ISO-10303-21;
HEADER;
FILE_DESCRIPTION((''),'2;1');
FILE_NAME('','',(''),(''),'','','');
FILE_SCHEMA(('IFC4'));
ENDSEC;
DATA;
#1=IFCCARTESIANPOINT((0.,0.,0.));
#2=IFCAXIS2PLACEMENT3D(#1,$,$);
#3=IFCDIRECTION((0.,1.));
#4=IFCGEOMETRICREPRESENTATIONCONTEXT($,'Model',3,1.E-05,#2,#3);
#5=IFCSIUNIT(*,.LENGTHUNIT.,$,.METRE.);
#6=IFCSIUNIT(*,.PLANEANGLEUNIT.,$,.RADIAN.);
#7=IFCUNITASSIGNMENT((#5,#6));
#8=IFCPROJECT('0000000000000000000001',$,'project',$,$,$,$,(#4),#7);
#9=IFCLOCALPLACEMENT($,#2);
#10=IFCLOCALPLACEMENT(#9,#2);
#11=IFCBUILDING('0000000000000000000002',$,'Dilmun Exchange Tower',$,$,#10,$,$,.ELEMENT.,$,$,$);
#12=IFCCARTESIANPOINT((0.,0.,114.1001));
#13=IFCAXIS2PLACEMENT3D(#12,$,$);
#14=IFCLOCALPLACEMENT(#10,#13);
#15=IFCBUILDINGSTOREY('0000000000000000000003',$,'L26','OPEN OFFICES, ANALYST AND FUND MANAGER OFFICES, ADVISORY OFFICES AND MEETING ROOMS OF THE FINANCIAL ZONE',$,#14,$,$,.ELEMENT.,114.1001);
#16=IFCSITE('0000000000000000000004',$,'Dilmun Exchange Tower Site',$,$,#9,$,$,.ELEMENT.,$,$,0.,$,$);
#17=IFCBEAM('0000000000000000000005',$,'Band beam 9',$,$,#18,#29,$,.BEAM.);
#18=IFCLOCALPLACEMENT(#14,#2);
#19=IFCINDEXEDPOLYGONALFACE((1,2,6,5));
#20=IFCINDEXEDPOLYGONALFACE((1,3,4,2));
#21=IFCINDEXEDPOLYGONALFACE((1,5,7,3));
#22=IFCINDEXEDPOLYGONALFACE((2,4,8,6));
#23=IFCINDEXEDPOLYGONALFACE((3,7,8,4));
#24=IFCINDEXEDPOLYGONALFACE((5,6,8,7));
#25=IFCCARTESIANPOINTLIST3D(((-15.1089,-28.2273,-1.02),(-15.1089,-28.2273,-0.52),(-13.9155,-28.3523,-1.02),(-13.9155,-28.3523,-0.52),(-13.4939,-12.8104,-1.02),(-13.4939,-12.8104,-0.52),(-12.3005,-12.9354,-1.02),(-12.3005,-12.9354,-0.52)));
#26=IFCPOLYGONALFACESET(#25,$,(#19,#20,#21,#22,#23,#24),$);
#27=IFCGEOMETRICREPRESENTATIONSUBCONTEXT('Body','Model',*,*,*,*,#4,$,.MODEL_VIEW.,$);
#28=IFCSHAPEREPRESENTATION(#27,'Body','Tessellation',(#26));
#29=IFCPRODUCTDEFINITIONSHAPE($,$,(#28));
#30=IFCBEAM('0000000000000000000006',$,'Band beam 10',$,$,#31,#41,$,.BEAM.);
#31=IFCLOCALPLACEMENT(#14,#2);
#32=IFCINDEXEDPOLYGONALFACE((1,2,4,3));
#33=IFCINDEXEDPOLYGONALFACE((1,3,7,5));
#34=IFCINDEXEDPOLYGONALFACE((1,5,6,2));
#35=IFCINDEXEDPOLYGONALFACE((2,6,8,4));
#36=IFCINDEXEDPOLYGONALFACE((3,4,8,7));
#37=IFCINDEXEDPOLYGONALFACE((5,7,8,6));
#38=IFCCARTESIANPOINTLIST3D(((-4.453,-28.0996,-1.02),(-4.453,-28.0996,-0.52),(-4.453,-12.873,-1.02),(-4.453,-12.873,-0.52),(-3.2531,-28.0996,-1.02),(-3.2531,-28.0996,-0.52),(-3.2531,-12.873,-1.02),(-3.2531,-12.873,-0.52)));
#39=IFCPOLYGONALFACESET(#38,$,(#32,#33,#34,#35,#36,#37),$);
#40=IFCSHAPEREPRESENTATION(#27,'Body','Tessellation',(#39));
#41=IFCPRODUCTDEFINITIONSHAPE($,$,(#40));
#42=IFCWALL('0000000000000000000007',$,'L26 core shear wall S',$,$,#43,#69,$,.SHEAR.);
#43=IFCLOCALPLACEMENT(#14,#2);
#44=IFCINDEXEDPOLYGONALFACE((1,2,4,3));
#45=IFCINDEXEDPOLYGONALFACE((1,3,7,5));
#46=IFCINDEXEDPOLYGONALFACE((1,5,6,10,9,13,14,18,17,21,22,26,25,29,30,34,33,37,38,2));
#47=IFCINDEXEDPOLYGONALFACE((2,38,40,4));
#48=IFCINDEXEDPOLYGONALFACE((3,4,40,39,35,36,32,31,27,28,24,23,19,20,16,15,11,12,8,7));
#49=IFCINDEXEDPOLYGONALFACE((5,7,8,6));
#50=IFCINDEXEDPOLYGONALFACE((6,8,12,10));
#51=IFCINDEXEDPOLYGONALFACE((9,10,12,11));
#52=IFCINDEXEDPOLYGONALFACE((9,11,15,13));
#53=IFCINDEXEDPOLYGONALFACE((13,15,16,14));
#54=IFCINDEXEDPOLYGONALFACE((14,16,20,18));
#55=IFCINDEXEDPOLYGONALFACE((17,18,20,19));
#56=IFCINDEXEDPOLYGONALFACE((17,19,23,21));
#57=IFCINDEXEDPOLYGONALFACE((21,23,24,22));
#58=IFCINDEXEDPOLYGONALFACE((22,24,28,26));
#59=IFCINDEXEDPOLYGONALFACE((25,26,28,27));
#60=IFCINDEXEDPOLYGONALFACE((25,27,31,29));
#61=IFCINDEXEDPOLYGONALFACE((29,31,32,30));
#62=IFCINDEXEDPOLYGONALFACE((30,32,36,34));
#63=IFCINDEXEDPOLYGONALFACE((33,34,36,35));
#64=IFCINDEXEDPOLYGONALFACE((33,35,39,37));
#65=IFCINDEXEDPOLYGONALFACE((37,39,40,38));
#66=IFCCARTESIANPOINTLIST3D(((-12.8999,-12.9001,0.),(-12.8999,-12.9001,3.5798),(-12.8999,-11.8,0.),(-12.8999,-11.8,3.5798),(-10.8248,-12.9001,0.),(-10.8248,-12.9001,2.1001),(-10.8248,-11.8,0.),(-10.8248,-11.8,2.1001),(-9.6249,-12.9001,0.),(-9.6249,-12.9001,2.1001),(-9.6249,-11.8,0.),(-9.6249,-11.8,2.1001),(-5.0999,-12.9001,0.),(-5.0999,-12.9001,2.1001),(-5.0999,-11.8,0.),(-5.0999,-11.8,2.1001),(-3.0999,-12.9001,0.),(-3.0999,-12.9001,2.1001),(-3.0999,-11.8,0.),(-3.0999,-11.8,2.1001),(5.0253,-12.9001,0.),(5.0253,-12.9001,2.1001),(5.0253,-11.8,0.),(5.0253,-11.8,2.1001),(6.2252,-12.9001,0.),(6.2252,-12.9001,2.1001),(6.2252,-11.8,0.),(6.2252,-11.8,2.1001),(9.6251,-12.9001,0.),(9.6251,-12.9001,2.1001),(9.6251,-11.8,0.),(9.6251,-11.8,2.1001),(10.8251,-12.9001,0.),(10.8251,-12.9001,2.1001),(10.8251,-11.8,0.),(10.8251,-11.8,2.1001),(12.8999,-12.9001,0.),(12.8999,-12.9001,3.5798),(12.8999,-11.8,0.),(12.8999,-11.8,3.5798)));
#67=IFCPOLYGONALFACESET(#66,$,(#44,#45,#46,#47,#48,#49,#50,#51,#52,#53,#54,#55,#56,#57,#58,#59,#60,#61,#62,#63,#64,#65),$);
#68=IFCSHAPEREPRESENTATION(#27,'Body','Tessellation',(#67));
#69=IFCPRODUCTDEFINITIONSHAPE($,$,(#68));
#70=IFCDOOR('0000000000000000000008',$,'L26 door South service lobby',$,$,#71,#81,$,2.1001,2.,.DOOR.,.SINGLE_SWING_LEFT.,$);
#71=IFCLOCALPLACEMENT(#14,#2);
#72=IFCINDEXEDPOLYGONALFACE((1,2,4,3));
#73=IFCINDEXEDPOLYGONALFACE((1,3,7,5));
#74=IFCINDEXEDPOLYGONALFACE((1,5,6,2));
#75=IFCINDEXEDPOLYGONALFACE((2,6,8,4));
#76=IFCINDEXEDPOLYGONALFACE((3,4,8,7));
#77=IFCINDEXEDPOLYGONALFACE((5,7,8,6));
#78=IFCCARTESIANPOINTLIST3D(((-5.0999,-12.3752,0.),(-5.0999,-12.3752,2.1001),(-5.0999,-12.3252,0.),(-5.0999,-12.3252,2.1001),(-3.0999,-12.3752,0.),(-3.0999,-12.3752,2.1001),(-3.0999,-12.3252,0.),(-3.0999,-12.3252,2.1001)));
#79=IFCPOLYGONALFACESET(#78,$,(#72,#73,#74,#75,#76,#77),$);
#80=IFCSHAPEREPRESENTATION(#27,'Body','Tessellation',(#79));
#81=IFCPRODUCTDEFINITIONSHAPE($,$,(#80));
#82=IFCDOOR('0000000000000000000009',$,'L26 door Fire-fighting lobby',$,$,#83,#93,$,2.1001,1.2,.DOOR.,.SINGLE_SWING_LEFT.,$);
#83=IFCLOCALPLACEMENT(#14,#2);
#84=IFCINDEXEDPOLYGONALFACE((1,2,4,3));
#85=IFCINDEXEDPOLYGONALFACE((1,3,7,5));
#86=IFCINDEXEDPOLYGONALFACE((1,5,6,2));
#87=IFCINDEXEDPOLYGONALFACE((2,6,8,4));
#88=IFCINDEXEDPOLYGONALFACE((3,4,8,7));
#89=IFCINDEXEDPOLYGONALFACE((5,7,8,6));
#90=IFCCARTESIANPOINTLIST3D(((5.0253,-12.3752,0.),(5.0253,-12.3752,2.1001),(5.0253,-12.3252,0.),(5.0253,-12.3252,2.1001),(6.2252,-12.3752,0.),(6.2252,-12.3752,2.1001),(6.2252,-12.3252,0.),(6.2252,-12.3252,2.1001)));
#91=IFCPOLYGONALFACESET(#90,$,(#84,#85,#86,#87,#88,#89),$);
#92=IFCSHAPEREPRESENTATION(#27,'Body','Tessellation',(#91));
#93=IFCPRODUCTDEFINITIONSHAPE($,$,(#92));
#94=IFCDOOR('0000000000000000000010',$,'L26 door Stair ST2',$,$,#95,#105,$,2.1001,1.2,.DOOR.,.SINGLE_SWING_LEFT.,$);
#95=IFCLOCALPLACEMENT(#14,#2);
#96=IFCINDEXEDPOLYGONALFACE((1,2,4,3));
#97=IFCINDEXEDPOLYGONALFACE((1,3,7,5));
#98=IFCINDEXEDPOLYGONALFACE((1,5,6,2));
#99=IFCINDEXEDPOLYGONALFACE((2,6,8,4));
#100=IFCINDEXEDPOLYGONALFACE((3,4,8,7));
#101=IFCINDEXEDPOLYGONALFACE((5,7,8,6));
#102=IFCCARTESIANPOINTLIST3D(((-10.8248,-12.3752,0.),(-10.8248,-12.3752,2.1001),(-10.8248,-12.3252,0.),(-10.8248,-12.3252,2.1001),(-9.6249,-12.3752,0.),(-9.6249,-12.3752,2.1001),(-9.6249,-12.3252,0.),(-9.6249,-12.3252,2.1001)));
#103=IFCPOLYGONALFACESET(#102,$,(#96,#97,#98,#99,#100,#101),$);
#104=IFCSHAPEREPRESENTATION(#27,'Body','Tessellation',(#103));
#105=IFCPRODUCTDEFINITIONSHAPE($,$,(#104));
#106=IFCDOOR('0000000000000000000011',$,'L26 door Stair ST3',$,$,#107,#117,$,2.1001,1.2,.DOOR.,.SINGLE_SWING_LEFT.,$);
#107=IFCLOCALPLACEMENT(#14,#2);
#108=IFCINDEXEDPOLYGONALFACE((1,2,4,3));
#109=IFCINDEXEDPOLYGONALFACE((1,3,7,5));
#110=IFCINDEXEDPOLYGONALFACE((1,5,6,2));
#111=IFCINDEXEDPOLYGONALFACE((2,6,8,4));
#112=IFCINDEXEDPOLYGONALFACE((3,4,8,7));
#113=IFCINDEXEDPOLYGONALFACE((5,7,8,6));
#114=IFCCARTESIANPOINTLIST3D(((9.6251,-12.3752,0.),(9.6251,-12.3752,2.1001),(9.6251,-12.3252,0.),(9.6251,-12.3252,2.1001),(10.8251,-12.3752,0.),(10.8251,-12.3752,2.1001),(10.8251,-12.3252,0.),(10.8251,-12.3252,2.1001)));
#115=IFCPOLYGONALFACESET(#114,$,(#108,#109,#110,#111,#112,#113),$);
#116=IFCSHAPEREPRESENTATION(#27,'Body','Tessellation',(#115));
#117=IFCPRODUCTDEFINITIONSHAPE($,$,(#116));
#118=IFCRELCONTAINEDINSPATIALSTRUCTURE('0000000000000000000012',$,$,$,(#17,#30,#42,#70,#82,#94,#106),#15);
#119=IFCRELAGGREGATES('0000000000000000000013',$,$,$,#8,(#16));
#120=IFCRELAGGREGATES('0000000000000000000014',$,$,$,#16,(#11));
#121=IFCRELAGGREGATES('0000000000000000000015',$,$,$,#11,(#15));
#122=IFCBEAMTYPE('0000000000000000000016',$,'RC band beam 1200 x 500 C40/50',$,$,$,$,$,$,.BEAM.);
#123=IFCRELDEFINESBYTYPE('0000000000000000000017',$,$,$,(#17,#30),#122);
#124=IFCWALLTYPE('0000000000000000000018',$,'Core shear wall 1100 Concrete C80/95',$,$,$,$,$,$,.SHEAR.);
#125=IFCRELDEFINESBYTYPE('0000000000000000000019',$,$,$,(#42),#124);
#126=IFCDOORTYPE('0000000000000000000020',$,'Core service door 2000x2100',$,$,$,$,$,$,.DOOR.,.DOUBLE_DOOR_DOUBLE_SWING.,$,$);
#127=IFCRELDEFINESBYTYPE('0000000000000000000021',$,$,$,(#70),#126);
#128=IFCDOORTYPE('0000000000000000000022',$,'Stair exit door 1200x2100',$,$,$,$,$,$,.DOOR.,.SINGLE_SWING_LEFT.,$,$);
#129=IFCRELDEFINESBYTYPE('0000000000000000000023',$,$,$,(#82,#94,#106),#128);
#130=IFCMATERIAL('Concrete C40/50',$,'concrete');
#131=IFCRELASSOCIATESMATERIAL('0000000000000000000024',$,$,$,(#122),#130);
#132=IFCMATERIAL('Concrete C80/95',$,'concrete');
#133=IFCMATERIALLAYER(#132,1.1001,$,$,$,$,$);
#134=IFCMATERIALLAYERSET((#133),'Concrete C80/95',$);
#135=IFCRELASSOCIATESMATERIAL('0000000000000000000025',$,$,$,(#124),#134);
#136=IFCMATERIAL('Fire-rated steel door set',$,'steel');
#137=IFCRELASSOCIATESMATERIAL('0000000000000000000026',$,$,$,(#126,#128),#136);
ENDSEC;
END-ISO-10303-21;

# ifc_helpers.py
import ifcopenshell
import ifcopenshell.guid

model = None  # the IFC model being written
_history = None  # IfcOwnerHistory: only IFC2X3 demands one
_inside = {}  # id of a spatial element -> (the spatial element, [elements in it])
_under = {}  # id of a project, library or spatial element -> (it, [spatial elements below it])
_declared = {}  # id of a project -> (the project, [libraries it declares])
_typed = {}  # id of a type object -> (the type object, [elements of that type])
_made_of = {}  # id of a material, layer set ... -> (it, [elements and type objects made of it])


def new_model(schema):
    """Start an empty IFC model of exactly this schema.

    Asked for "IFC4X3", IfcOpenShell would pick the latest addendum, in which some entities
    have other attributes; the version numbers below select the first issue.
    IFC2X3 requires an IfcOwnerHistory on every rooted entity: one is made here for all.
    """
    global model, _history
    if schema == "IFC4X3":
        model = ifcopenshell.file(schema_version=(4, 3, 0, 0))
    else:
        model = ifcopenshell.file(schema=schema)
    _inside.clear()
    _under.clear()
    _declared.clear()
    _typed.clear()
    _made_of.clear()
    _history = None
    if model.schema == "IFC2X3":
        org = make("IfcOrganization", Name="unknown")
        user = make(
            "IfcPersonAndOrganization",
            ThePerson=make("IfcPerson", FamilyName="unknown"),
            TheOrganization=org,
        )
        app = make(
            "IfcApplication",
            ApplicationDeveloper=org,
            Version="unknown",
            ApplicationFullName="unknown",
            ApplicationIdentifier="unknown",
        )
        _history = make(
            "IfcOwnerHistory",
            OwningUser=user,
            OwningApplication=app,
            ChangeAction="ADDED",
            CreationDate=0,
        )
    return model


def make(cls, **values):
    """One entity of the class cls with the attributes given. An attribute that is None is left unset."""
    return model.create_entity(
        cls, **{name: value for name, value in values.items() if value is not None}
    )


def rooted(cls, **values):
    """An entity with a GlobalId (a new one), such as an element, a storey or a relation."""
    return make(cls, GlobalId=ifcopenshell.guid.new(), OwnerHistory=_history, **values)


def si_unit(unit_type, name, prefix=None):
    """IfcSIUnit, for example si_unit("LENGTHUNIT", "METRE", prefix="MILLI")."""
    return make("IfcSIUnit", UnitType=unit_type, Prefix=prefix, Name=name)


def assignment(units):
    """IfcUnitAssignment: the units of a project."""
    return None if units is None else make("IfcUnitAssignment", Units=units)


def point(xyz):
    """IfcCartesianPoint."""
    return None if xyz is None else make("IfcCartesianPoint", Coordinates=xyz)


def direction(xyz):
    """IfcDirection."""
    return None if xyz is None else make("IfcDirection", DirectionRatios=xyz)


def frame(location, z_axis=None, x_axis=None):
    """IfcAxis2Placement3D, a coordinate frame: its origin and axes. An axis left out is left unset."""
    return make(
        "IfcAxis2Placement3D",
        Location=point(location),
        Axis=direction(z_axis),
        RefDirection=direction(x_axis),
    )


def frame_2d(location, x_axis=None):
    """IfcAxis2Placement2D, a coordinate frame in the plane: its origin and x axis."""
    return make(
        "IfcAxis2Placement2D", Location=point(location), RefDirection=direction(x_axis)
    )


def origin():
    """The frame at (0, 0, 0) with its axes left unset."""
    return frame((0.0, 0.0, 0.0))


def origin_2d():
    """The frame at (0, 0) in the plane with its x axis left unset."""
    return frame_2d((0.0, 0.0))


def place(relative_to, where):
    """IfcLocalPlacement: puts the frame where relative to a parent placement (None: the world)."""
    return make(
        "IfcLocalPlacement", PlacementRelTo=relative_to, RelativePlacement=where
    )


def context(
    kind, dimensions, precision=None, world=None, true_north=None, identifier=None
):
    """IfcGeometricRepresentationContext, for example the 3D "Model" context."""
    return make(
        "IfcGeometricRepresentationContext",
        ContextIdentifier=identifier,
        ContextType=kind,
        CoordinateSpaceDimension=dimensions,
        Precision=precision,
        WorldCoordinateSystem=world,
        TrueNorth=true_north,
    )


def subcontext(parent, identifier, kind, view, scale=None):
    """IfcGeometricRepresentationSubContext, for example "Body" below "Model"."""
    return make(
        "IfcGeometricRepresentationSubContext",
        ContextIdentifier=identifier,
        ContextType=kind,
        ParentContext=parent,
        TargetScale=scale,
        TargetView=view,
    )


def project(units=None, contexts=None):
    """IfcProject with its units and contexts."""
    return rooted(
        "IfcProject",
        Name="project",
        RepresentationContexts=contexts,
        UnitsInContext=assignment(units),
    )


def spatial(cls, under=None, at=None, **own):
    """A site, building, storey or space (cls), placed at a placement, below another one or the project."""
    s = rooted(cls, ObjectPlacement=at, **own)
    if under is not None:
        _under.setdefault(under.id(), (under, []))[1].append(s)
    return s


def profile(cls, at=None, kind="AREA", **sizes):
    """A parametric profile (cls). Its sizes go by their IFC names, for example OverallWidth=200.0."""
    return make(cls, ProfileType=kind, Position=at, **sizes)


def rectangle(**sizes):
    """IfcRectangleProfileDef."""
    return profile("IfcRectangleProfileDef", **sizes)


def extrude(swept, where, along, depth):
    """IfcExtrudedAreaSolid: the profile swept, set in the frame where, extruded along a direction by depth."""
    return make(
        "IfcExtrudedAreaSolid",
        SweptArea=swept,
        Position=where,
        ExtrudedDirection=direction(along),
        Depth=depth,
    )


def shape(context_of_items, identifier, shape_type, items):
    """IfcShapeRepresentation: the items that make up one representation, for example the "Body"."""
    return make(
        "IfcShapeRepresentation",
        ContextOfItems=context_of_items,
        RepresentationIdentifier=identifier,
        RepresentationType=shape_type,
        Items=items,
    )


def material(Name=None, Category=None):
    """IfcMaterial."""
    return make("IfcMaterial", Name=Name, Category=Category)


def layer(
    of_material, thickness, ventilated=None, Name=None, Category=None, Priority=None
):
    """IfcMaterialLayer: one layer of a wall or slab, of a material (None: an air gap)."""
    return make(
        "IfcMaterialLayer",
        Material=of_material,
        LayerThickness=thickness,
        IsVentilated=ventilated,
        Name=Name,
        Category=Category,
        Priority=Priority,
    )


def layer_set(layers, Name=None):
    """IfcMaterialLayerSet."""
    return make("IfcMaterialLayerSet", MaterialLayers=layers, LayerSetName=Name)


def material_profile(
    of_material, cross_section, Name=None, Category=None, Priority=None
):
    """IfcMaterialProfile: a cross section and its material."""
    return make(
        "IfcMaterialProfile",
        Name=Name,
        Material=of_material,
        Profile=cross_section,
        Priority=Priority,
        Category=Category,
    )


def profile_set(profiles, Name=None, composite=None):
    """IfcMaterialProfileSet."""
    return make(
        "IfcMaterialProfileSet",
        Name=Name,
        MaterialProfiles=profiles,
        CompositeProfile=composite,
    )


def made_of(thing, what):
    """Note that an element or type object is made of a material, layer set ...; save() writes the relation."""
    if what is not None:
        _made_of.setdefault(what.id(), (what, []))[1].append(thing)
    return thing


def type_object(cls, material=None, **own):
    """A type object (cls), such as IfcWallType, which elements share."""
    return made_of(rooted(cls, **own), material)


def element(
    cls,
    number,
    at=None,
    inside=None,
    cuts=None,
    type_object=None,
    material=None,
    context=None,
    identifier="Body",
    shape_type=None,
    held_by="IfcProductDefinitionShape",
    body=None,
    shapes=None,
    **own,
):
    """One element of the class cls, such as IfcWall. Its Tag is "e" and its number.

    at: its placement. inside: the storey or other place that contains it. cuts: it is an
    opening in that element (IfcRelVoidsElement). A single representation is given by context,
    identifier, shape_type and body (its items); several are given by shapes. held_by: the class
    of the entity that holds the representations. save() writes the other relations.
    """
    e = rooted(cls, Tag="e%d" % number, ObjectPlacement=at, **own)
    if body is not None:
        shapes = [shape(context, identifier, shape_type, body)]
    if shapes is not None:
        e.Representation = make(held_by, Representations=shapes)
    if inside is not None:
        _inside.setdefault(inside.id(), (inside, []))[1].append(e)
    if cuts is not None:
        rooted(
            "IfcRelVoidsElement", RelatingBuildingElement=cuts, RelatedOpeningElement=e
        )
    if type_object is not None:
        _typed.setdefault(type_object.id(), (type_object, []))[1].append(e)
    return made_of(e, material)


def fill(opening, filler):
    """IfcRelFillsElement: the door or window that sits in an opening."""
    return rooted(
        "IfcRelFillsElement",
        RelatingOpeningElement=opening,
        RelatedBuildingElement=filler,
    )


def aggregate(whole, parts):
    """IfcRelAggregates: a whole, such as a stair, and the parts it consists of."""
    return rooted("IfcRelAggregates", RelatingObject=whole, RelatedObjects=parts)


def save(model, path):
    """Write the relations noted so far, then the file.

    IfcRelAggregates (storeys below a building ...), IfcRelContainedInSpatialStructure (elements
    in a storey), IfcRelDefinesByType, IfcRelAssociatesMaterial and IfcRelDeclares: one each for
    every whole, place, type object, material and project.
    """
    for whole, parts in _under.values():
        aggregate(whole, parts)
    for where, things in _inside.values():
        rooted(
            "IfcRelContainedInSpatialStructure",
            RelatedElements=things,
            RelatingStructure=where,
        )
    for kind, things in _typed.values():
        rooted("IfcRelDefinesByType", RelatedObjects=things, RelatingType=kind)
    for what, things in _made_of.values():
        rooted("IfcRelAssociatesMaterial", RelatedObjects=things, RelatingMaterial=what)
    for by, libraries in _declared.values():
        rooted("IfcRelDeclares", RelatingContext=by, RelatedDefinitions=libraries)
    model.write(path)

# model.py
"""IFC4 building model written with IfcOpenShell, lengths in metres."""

from ifc_helpers import new_model, si_unit, direction, frame, frame_2d, origin, origin_2d, place, context, subcontext, project, spatial, rectangle, extrude, material, layer, layer_set, material_profile, profile_set, type_object, element, fill, save


model = new_model("IFC4")

# Units and contexts
model_context = context("Model", 3, precision=1e-05, world=origin(), true_north=direction((0.0, 1.0)))
body_context = subcontext(model_context, "Body", "Model", "MODEL_VIEW")
ifc_project = project(units=[si_unit("LENGTHUNIT", "METRE"), si_unit("PLANEANGLEUNIT", "RADIAN")], contexts=[model_context])

# Site, building, storey
site_placement = place(None, origin())
site = spatial("IfcSite", under=ifc_project, at=site_placement, Name="Dilmun Exchange Tower Site", CompositionType="ELEMENT", RefElevation=0.0)
building_placement = place(site_placement, origin())
building = spatial("IfcBuilding", under=site, at=building_placement, Name="Dilmun Exchange Tower", CompositionType="ELEMENT")
storey_placement = place(building_placement, frame((0.0, 0.0, 114.1001)))
storey = spatial("IfcBuildingStorey", under=building, at=storey_placement, Name="L26", Description="OPEN OFFICES, ANALYST AND FUND MANAGER OFFICES, ADVISORY OFFICES AND MEETING ROOMS OF THE FINANCIAL ZONE", CompositionType="ELEMENT", Elevation=114.1001)

# Beams
ifc_material_1 = material(Name="Concrete C40/50", Category="concrete")
ifc_material_profile = material_profile(ifc_material_1, rectangle(XDim=1.2, YDim=0.5, at=origin_2d()), Name="1200 x 500")
ifc_profile_set = profile_set([ifc_material_profile], Name="Concrete C40/50")
beam_type = type_object("IfcBeamType", Name="RC band beam 1200 x 500 C40/50", PredefinedType="BEAM", material=ifc_profile_set)
beam_1_placement = place(storey_placement, frame((-14.5122, -28.2898, -0.77), z_axis=(0.104185, 0.994558, 0.0), x_axis=(-0.994558, 0.104185, 0.0)))
element("IfcBeam", 1, at=beam_1_placement, inside=storey, type_object=beam_type, Name="Band beam 9", PredefinedType="BEAM", context=body_context, shape_type="SweptSolid", body=[
    extrude(rectangle(XDim=1.2, YDim=0.5, at=origin_2d()), origin(), (0.0, 0.0, 1.0), 15.5012),
])
beam_2_placement = place(storey_placement, frame((-3.853, -28.0996, -0.77), z_axis=(0.0, 1.0, 0.0), x_axis=(-1.0, 0.0, 0.0)))
element("IfcBeam", 2, at=beam_2_placement, inside=storey, type_object=beam_type, Name="Band beam 10", PredefinedType="BEAM", context=body_context, shape_type="SweptSolid", body=[
    extrude(rectangle(XDim=1.2, YDim=0.5, at=origin_2d()), origin(), (0.0, 0.0, 1.0), 15.2266),
])

# Wall, openings, doors
ifc_material_2 = material(Name="Concrete C80/95", Category="concrete")
ifc_layer_1 = layer(ifc_material_2, 1.1001)
ifc_layer_set_1 = layer_set([ifc_layer_1], Name="Concrete C80/95")
wall_type_1 = type_object("IfcWallType", Name="Core shear wall 1100 Concrete C80/95", PredefinedType="SHEAR", material=ifc_layer_set_1)
wall_1_placement = place(storey_placement, frame((-12.8999, -12.3501, 0.0), z_axis=(0.0, 0.0, 1.0), x_axis=(1.0, 0.0, 0.0)))
wall_1 = element("IfcWall", 3, at=wall_1_placement, inside=storey, type_object=wall_type_1, Name="L26 core shear wall S", PredefinedType="SHEAR", context=body_context, shape_type="SweptSolid", body=[
    extrude(rectangle(XDim=25.7998, YDim=1.1001, at=frame_2d((12.8999, 0.0))), origin(), (0.0, 0.0, 1.0), 3.5798),
])
opening_1_placement = place(wall_1_placement, frame((7.8, 0.0, 0.0)))
opening_1 = element("IfcOpeningElement", 4, at=opening_1_placement, cuts=wall_1, PredefinedType="OPENING", context=body_context, shape_type="SweptSolid", body=[
    extrude(rectangle(XDim=2.0, YDim=2.1001, at=frame_2d((1.0, 1.05))), frame((0.0, 0.5601, 0.0), z_axis=(0.0, -1.0, 0.0), x_axis=(1.0, 0.0, 0.0)), (0.0, 0.0, 1.0), 1.1201),
])
opening_2_placement = place(wall_1_placement, frame((17.925, 0.0, 0.0)))
opening_2 = element("IfcOpeningElement", 5, at=opening_2_placement, cuts=wall_1, PredefinedType="OPENING", context=body_context, shape_type="SweptSolid", body=[
    extrude(rectangle(XDim=1.2, YDim=2.1001, at=frame_2d((0.6001, 1.05))), frame((0.0, 0.5601, 0.0), z_axis=(0.0, -1.0, 0.0), x_axis=(1.0, 0.0, 0.0)), (0.0, 0.0, 1.0), 1.1201),
])
opening_3_placement = place(wall_1_placement, frame((2.075, 0.0, 0.0)))
opening_3 = element("IfcOpeningElement", 6, at=opening_3_placement, cuts=wall_1, PredefinedType="OPENING", context=body_context, shape_type="SweptSolid", body=[
    extrude(rectangle(XDim=1.2, YDim=2.1001, at=frame_2d((0.6001, 1.05))), frame((0.0, 0.5601, 0.0), z_axis=(0.0, -1.0, 0.0), x_axis=(1.0, 0.0, 0.0)), (0.0, 0.0, 1.0), 1.1201),
])
opening_4_placement = place(wall_1_placement, frame((22.5249, 0.0, 0.0)))
opening_4 = element("IfcOpeningElement", 7, at=opening_4_placement, cuts=wall_1, PredefinedType="OPENING", context=body_context, shape_type="SweptSolid", body=[
    extrude(rectangle(XDim=1.2, YDim=2.1001, at=frame_2d((0.6001, 1.05))), frame((0.0, 0.5601, 0.0), z_axis=(0.0, -1.0, 0.0), x_axis=(1.0, 0.0, 0.0)), (0.0, 0.0, 1.0), 1.1201),
])
ifc_material_3 = material(Name="Fire-rated steel door set", Category="steel")
door_type_1 = type_object("IfcDoorType", Name="Core service door 2000x2100", OperationType="DOUBLE_DOOR_DOUBLE_SWING", PredefinedType="DOOR", material=ifc_material_3)
door_1_placement = place(opening_1_placement, origin())
door_1 = element("IfcDoor", 8, at=door_1_placement, inside=storey, type_object=door_type_1, Name="L26 door South service lobby", OperationType="SINGLE_SWING_LEFT", OverallHeight=2.1001, OverallWidth=2.0, PredefinedType="DOOR", context=body_context, shape_type="SweptSolid", body=[
    extrude(rectangle(XDim=2.0, YDim=2.1001, at=frame_2d((1.0, 1.05))), frame((0.0, 0.0249, 0.0), z_axis=(0.0, -1.0, 0.0), x_axis=(1.0, 0.0, 0.0)), (0.0, 0.0, 1.0), 0.05),
])
fill(opening_1, door_1)
door_type_2 = type_object("IfcDoorType", Name="Stair exit door 1200x2100", OperationType="SINGLE_SWING_LEFT", PredefinedType="DOOR", material=ifc_material_3)
door_2_placement = place(opening_2_placement, origin())
door_2 = element("IfcDoor", 9, at=door_2_placement, inside=storey, type_object=door_type_2, Name="L26 door Fire-fighting lobby", OperationType="SINGLE_SWING_LEFT", OverallHeight=2.1001, OverallWidth=1.2, PredefinedType="DOOR", context=body_context, shape_type="SweptSolid", body=[
    extrude(rectangle(XDim=1.2, YDim=2.1001, at=frame_2d((0.6001, 1.05))), frame((0.0, 0.0249, 0.0), z_axis=(0.0, -1.0, 0.0), x_axis=(1.0, 0.0, 0.0)), (0.0, 0.0, 1.0), 0.05),
])
fill(opening_2, door_2)
door_3_placement = place(opening_3_placement, origin())
door_3 = element("IfcDoor", 10, at=door_3_placement, inside=storey, type_object=door_type_2, Name="L26 door Stair ST2", OperationType="SINGLE_SWING_LEFT", OverallHeight=2.1001, OverallWidth=1.2, PredefinedType="DOOR", context=body_context, shape_type="SweptSolid", body=[
    extrude(rectangle(XDim=1.2, YDim=2.1001, at=frame_2d((0.6001, 1.05))), frame((0.0, 0.0249, 0.0), z_axis=(0.0, -1.0, 0.0), x_axis=(1.0, 0.0, 0.0)), (0.0, 0.0, 1.0), 0.05),
])
fill(opening_3, door_3)
door_4_placement = place(opening_4_placement, origin())
door_4 = element("IfcDoor", 11, at=door_4_placement, inside=storey, type_object=door_type_2, Name="L26 door Stair ST3", OperationType="SINGLE_SWING_LEFT", OverallHeight=2.1001, OverallWidth=1.2, PredefinedType="DOOR", context=body_context, shape_type="SweptSolid", body=[
    extrude(rectangle(XDim=1.2, YDim=2.1001, at=frame_2d((0.6001, 1.05))), frame((0.0, 0.0249, 0.0), z_axis=(0.0, -1.0, 0.0), x_axis=(1.0, 0.0, 0.0)), (0.0, 0.0, 1.0), 0.05),
])
fill(opening_4, door_4)

save(model, "model.ifc")
